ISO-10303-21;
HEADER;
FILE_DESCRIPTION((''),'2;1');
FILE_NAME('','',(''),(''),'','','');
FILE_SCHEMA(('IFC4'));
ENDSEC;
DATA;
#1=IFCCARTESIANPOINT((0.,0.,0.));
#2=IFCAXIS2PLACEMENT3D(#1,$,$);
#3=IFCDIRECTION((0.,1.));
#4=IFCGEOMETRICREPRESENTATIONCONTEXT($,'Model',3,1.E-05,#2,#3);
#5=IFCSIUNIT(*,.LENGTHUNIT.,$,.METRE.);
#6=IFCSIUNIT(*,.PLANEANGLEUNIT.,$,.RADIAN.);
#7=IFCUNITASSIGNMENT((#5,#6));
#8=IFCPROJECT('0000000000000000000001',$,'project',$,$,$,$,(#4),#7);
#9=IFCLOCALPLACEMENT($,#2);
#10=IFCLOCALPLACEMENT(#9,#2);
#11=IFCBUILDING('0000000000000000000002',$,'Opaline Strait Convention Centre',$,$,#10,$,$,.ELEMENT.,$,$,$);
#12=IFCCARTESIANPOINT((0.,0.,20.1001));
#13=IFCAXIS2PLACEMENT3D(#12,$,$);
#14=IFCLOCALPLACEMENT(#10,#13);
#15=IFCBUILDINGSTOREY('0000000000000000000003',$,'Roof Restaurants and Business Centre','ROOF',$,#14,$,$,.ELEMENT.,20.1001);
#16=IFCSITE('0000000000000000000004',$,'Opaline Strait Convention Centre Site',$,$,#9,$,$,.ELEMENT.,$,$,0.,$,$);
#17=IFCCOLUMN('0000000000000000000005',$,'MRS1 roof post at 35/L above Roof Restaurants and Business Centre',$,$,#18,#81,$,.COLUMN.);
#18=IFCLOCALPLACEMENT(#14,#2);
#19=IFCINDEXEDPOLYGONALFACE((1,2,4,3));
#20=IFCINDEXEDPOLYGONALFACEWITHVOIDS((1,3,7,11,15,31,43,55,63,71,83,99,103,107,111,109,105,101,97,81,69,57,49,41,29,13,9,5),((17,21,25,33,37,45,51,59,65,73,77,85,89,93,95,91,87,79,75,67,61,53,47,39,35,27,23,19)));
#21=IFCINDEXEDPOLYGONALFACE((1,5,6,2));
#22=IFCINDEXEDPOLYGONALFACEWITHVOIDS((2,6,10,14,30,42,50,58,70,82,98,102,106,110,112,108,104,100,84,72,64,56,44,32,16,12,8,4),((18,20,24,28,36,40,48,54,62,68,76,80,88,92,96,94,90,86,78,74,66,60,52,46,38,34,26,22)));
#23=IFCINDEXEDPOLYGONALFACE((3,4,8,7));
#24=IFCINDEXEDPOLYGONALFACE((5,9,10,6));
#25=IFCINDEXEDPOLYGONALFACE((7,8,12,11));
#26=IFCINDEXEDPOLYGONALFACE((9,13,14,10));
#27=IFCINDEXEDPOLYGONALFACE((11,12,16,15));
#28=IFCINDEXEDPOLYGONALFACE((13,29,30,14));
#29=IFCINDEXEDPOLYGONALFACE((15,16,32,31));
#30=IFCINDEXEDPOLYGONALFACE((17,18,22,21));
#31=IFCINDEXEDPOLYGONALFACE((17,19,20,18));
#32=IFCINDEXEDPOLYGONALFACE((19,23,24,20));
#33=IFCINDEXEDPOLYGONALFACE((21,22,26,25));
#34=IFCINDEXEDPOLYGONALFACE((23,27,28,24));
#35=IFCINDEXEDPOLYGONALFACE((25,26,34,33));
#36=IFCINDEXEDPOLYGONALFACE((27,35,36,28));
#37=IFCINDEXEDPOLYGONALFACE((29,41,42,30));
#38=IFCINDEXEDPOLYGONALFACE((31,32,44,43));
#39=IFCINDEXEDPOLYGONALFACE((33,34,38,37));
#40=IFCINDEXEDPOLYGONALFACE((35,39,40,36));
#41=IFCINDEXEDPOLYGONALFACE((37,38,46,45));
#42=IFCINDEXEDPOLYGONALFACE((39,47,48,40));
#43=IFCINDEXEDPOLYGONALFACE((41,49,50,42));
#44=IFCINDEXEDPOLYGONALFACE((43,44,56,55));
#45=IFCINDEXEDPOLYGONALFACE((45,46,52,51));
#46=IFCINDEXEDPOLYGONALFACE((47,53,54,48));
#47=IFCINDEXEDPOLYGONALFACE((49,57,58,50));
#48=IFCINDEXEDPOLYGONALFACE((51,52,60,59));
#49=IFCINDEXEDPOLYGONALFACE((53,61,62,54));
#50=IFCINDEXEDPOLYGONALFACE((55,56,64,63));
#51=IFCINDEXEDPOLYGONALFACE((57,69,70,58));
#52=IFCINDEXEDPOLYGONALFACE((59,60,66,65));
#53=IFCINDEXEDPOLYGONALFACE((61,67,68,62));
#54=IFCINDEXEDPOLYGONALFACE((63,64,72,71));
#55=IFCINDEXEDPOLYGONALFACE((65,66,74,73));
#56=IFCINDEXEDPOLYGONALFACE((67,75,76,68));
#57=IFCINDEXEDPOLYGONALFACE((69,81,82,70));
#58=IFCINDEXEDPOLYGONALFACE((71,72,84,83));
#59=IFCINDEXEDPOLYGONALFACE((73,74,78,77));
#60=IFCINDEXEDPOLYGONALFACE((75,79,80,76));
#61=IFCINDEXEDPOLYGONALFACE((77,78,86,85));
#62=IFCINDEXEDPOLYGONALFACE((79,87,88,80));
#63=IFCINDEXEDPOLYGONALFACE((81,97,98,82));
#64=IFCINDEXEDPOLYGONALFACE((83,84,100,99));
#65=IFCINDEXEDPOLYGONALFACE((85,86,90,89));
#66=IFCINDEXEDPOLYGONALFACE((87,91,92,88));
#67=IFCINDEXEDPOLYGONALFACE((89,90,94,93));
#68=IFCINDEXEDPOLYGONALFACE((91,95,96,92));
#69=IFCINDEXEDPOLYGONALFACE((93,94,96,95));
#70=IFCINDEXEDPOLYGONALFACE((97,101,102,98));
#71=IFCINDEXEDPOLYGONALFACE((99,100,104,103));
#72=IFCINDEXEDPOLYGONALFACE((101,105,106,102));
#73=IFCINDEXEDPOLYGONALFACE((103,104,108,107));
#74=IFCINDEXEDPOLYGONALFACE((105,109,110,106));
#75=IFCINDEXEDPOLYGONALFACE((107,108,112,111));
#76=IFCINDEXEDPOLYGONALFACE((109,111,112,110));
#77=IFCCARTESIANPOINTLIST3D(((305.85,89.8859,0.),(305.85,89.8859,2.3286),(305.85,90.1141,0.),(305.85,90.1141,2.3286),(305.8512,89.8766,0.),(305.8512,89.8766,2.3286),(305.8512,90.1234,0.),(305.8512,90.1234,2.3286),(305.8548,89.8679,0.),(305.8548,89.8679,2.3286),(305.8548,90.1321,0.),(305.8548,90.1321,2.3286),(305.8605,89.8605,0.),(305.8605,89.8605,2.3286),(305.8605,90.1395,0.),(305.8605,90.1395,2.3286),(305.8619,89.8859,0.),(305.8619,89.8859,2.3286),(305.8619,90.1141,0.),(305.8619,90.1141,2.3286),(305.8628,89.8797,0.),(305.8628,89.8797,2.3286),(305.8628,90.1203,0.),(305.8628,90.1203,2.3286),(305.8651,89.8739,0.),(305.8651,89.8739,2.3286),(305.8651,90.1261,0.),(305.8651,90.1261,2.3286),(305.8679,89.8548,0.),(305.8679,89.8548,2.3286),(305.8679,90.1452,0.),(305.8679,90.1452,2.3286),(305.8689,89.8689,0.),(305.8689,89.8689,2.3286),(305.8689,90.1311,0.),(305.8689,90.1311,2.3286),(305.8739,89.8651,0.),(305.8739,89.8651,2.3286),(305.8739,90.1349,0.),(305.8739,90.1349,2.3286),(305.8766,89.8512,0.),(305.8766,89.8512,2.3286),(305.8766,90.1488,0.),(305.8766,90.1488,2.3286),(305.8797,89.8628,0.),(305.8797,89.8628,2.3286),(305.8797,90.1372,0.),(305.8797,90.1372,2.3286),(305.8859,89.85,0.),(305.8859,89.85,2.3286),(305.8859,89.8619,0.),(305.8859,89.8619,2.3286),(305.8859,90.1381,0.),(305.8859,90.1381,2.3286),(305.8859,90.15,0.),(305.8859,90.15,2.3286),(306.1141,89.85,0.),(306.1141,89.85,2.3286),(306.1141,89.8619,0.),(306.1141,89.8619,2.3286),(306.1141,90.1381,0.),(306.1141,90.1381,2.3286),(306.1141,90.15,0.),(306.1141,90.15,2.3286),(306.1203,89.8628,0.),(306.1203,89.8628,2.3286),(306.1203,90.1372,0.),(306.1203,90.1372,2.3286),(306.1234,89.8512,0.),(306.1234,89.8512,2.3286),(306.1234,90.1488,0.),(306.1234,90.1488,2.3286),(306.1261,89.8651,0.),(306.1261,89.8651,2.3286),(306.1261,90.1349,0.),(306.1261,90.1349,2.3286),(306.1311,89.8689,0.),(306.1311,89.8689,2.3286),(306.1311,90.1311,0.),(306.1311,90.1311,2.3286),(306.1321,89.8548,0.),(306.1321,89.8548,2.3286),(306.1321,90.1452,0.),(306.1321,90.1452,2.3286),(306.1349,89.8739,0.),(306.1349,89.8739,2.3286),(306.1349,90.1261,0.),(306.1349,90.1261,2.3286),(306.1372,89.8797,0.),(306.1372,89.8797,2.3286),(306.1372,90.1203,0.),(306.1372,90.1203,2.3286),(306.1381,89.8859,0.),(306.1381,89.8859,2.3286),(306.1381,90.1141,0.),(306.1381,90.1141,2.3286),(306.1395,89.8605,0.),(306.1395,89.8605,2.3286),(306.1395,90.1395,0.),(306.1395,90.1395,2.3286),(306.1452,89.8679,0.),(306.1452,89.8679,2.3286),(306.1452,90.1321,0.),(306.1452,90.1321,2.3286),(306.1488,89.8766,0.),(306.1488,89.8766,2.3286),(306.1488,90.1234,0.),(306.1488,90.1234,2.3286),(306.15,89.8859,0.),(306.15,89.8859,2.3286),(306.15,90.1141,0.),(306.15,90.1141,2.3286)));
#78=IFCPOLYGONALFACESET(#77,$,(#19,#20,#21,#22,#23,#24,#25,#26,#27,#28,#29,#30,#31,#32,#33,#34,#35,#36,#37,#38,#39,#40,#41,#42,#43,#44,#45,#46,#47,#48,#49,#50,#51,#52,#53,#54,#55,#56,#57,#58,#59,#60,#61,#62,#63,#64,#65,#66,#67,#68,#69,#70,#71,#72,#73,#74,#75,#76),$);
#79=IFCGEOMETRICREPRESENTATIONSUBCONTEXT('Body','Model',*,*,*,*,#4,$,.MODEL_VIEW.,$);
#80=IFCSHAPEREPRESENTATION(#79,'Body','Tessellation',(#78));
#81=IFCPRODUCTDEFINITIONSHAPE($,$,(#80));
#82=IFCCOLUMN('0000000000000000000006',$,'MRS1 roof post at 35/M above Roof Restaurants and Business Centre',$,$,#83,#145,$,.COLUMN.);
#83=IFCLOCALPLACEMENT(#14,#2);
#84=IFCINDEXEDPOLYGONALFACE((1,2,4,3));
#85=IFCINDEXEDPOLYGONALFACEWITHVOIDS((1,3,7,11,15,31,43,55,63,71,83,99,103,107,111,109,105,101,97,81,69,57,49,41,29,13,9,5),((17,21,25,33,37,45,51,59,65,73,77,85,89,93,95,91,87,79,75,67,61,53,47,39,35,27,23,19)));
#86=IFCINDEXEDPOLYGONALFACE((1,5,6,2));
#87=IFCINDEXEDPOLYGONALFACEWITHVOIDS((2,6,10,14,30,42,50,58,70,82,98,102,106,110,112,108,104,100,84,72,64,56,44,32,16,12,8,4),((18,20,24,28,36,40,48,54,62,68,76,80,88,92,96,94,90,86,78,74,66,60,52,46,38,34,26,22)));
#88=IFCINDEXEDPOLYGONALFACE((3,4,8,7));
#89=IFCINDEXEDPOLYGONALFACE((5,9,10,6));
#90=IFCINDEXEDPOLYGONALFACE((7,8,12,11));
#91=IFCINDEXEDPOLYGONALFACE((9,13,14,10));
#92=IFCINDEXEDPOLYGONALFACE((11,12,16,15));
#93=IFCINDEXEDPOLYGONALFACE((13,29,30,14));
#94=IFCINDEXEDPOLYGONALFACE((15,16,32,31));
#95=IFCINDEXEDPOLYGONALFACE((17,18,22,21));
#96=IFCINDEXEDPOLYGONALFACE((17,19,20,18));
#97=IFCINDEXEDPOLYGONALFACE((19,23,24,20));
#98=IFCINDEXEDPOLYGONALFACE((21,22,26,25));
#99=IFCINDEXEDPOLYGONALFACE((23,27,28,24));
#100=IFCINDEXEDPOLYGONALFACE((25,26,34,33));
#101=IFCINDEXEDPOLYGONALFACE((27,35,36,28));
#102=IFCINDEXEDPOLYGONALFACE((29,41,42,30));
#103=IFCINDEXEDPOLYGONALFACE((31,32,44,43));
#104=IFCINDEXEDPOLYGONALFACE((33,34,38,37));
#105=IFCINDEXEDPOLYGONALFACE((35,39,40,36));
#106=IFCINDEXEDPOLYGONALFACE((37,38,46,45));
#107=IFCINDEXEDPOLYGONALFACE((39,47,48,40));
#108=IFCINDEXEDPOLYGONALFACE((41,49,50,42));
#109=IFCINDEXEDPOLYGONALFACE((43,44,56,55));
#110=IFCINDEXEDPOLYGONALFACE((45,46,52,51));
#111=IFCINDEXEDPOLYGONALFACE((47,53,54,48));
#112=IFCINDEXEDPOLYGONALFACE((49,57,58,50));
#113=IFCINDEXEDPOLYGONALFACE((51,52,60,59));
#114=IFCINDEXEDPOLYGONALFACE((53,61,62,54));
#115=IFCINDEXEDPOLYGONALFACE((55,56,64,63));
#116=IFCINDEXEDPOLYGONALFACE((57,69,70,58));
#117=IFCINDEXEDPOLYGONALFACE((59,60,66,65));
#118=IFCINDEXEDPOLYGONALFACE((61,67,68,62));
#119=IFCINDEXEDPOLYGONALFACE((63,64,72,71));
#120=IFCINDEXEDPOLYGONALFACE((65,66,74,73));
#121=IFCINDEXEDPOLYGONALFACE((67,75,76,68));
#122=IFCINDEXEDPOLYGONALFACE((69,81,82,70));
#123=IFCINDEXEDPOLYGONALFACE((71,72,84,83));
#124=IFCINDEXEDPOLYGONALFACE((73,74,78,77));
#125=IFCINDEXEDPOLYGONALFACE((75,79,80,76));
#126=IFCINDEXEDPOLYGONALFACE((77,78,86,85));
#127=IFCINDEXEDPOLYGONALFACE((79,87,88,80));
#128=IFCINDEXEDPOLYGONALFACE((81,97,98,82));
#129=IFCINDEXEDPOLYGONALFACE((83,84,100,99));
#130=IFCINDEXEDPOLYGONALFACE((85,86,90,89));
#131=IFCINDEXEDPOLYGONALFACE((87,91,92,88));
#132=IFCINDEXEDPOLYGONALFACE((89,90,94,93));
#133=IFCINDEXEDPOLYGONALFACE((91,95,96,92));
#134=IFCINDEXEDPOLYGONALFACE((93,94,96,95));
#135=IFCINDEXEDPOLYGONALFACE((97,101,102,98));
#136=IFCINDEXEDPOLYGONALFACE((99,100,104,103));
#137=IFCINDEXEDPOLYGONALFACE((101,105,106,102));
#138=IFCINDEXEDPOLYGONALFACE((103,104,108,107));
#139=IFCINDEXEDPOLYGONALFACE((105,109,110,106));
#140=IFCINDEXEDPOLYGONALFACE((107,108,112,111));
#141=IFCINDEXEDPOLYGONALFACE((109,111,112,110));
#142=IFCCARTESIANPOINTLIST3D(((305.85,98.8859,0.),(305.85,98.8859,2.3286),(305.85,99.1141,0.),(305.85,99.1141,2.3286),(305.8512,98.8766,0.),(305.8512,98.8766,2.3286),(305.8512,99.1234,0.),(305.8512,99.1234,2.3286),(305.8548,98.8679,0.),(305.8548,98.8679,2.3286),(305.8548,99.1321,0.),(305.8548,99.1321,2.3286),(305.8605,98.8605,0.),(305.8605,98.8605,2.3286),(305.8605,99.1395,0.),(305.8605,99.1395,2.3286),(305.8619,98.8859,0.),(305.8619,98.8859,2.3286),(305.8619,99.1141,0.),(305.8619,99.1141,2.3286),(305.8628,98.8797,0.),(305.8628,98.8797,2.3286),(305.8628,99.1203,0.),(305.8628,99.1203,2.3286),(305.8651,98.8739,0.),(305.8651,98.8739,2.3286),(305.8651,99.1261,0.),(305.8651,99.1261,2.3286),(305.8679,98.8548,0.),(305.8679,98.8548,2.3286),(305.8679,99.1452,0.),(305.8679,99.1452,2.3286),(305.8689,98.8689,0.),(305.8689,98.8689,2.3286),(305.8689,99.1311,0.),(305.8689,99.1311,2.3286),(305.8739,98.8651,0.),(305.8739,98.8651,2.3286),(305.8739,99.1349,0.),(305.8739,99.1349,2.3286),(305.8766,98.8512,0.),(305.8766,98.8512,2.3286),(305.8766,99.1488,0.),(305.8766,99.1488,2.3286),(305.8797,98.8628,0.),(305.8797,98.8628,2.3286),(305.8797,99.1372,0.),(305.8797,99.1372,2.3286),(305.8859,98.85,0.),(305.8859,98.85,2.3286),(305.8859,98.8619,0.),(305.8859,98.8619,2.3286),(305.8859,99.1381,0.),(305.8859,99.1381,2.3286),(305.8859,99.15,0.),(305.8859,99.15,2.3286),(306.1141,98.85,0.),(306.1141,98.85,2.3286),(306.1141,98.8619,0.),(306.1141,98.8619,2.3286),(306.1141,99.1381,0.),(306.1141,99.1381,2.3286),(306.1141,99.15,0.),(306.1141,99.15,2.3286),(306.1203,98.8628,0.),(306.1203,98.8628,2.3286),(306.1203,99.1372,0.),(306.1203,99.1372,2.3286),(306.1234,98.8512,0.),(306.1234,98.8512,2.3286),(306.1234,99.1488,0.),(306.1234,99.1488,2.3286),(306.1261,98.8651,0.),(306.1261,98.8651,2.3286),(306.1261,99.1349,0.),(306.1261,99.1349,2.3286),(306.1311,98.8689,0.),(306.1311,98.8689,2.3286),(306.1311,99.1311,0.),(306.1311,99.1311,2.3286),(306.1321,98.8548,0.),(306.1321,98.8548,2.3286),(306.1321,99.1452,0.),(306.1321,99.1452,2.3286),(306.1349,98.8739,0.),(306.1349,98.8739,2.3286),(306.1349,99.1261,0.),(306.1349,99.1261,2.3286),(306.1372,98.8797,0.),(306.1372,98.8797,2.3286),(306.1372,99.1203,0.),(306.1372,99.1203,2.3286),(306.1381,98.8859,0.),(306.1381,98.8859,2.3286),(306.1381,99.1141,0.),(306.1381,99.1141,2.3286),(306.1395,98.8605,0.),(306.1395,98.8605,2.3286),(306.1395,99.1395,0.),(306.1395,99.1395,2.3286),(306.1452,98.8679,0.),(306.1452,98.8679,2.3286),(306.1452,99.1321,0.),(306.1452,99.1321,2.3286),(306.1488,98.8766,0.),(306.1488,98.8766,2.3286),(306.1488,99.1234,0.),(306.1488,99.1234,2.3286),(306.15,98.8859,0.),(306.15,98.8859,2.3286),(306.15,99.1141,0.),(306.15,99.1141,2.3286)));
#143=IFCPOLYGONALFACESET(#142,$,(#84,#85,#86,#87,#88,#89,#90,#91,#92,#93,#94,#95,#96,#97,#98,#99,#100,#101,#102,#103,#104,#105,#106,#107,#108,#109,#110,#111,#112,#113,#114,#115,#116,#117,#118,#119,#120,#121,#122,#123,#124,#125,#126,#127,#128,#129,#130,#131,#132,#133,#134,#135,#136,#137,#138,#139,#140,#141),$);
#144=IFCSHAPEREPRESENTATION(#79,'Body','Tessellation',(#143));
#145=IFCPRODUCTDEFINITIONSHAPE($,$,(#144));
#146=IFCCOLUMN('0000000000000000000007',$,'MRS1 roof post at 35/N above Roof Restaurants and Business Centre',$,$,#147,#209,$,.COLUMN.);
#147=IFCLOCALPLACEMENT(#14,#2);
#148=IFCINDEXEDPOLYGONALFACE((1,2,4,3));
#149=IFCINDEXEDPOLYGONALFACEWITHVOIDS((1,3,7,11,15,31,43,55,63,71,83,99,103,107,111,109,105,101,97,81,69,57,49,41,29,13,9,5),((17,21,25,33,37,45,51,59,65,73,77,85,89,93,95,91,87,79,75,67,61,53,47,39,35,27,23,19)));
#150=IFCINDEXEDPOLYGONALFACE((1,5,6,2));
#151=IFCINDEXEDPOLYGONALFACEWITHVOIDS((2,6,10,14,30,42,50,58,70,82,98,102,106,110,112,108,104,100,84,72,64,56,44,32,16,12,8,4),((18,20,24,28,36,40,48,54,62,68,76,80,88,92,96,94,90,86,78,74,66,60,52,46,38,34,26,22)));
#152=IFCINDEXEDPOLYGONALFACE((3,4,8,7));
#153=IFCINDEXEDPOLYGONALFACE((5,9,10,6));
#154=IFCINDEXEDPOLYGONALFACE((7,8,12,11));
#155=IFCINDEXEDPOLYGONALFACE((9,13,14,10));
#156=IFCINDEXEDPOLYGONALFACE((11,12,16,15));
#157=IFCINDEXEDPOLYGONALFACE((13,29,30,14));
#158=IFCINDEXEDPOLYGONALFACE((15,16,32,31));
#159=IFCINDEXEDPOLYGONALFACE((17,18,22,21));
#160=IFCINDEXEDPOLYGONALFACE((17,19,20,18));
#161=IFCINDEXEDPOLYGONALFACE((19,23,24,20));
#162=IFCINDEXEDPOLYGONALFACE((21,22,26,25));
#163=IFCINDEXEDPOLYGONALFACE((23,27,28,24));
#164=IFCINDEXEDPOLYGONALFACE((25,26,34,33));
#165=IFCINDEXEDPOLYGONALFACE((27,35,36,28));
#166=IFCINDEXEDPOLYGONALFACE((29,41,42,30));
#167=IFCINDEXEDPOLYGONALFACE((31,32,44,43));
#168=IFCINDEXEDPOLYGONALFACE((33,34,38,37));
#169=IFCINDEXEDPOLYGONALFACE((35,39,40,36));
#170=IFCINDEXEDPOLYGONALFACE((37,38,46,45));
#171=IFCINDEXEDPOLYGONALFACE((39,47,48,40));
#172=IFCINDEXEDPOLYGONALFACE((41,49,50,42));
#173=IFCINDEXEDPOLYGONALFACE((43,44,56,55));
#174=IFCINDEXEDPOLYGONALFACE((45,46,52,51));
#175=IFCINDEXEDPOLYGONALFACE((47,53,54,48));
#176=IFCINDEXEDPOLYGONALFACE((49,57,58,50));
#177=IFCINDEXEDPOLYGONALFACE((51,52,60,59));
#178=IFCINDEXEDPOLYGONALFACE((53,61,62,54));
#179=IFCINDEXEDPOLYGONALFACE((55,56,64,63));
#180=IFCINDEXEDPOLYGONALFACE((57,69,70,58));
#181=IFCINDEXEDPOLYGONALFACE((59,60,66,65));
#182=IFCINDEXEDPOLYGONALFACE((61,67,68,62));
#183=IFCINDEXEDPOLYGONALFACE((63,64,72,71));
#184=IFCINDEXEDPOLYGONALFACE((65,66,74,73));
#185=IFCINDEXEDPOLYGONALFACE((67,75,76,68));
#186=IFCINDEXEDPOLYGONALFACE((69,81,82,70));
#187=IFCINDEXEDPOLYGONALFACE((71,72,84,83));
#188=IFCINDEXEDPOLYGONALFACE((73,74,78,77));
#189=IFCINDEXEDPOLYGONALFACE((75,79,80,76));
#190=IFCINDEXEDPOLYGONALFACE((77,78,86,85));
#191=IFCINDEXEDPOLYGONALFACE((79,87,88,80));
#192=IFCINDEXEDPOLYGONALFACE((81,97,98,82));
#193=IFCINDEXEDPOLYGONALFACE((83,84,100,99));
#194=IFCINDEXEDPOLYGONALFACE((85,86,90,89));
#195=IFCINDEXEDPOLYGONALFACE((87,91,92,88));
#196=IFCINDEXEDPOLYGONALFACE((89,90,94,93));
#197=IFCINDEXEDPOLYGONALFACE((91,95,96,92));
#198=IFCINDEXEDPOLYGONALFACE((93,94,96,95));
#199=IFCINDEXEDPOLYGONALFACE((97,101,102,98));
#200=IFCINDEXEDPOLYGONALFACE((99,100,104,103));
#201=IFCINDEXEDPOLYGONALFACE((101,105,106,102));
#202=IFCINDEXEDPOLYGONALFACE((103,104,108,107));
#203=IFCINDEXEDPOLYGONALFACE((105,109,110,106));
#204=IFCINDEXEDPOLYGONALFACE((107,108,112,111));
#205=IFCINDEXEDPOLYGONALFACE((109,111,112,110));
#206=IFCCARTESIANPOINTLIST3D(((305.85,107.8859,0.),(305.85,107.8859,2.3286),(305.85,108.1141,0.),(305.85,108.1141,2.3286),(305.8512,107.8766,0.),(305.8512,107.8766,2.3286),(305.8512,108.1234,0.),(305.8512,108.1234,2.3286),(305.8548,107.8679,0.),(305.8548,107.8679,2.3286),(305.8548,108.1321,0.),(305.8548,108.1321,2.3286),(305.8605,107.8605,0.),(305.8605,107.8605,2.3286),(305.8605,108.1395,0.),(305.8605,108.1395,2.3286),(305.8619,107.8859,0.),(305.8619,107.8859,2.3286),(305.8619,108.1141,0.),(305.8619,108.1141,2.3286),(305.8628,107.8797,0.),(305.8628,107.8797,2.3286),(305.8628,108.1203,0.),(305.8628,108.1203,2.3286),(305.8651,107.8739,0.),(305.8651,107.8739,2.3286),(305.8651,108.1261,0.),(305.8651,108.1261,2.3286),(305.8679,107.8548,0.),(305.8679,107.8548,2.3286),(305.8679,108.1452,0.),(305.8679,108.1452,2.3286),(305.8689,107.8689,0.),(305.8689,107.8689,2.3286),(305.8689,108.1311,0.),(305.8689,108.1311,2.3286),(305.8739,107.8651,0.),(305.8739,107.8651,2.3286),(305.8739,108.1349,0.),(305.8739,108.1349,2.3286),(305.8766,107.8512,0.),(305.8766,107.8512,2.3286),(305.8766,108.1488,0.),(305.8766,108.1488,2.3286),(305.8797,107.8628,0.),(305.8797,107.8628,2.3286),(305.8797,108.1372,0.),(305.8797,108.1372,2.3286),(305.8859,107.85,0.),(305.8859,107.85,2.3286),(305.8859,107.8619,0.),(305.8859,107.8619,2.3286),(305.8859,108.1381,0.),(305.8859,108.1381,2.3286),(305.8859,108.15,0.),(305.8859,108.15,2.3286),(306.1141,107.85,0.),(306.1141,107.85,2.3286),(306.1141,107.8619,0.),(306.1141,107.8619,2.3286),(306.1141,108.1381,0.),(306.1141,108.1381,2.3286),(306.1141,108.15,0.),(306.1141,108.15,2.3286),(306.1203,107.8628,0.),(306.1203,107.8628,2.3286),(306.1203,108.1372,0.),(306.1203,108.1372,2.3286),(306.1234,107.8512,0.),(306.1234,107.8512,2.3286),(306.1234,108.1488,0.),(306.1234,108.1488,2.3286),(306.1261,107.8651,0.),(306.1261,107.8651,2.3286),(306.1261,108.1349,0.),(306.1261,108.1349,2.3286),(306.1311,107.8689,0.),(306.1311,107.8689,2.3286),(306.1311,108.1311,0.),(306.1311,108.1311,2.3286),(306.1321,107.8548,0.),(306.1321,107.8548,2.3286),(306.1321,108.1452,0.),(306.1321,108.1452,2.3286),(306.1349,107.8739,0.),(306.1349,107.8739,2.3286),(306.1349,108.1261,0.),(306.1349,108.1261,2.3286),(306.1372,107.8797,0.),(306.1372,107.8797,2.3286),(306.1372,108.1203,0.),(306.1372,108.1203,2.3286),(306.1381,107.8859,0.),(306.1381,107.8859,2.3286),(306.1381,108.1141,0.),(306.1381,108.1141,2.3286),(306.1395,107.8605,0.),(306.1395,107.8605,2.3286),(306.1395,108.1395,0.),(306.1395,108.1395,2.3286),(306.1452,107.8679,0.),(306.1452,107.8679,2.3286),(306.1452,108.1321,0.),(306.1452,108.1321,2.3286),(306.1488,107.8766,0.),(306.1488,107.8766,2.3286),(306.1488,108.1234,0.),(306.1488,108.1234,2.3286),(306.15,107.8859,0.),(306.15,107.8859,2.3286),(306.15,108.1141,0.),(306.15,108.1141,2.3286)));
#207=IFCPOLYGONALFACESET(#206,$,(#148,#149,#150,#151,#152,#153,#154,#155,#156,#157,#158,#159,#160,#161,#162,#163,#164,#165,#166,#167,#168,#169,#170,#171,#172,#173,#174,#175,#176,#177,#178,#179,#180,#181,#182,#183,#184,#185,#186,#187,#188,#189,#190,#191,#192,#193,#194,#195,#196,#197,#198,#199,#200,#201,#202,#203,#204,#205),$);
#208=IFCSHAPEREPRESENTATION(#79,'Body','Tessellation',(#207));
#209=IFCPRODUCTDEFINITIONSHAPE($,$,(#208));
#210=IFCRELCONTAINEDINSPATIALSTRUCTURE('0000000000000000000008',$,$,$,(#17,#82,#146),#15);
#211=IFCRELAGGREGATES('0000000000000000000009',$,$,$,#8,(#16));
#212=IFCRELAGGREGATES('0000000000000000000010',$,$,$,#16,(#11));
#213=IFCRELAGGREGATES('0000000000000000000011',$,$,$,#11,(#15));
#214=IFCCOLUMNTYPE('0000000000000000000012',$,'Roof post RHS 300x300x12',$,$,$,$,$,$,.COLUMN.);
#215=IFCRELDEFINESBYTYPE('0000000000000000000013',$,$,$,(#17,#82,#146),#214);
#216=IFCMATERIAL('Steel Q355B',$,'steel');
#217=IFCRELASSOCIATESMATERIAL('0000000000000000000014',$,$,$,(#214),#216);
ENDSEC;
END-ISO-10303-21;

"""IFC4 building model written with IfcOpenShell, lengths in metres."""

from ifc_helpers import new_model, si_unit, direction, frame, origin, origin_2d, place, context, subcontext, project, spatial, hollow_rectangle, extrude, material, material_profile, profile_set, type_object, element, save


model = new_model("IFC4")

# Units and contexts
model_context = context("Model", 3, precision=1e-05, world=origin(), true_north=direction((0.0, 1.0)))
body_context = subcontext(model_context, "Body", "Model", "MODEL_VIEW")
ifc_project = project(units=[si_unit("LENGTHUNIT", "METRE"), si_unit("PLANEANGLEUNIT", "RADIAN")], contexts=[model_context])

# Site, building, storey
site_placement = place(None, origin())
site = spatial("IfcSite", under=ifc_project, at=site_placement, Name="Opaline Strait Convention Centre Site", CompositionType="ELEMENT", RefElevation=0.0)
building_placement = place(site_placement, origin())
building = spatial("IfcBuilding", under=site, at=building_placement, Name="Opaline Strait Convention Centre", CompositionType="ELEMENT")
storey_placement = place(building_placement, frame((0.0, 0.0, 20.1001)))
storey = spatial("IfcBuildingStorey", under=building, at=storey_placement, Name="Roof Restaurants and Business Centre", Description="ROOF", CompositionType="ELEMENT", Elevation=20.1001)

# Columns
ifc_material = material(Name="Steel Q355B", Category="steel")
ifc_material_profile = material_profile(ifc_material, hollow_rectangle(XDim=0.3, YDim=0.3, WallThickness=0.012, InnerFilletRadius=0.0239, OuterFilletRadius=0.0359, at=origin_2d()), Name="RHS 300x300x12")
ifc_profile_set = profile_set([ifc_material_profile], Name="Steel Q355B")
column_type = type_object("IfcColumnType", Name="Roof post RHS 300x300x12", PredefinedType="COLUMN", material=ifc_profile_set)
for number, where, z_axis, x_axis, name in (
    (1, (306.0, 90.0, 0.0), (0.0, 0.0, 1.0), (1.0, 0.0, 0.0), "MRS1 roof post at 35/L above Roof Restaurants and Business Centre"),
    (2, (306.0, 99.0, 0.0), (0.0, 0.0, 1.0), (1.0, 0.0, 0.0), "MRS1 roof post at 35/M above Roof Restaurants and Business Centre"),
    (3, (306.0, 108.0, 0.0), (0.0, 0.0, 1.0), (1.0, 0.0, 0.0), "MRS1 roof post at 35/N above Roof Restaurants and Business Centre"),
):
    element("IfcColumn", number, at=place(storey_placement, frame(where, z_axis=z_axis, x_axis=x_axis)), inside=storey, type_object=column_type, Name=name, PredefinedType="COLUMN", context=body_context, shape_type="SweptSolid", body=[
        extrude(hollow_rectangle(XDim=0.3, YDim=0.3, WallThickness=0.012, InnerFilletRadius=0.0239, OuterFilletRadius=0.0359, at=origin_2d()), origin(), (0.0, 0.0, 1.0), 2.3286),
    ])

save(model, "model.ifc")
